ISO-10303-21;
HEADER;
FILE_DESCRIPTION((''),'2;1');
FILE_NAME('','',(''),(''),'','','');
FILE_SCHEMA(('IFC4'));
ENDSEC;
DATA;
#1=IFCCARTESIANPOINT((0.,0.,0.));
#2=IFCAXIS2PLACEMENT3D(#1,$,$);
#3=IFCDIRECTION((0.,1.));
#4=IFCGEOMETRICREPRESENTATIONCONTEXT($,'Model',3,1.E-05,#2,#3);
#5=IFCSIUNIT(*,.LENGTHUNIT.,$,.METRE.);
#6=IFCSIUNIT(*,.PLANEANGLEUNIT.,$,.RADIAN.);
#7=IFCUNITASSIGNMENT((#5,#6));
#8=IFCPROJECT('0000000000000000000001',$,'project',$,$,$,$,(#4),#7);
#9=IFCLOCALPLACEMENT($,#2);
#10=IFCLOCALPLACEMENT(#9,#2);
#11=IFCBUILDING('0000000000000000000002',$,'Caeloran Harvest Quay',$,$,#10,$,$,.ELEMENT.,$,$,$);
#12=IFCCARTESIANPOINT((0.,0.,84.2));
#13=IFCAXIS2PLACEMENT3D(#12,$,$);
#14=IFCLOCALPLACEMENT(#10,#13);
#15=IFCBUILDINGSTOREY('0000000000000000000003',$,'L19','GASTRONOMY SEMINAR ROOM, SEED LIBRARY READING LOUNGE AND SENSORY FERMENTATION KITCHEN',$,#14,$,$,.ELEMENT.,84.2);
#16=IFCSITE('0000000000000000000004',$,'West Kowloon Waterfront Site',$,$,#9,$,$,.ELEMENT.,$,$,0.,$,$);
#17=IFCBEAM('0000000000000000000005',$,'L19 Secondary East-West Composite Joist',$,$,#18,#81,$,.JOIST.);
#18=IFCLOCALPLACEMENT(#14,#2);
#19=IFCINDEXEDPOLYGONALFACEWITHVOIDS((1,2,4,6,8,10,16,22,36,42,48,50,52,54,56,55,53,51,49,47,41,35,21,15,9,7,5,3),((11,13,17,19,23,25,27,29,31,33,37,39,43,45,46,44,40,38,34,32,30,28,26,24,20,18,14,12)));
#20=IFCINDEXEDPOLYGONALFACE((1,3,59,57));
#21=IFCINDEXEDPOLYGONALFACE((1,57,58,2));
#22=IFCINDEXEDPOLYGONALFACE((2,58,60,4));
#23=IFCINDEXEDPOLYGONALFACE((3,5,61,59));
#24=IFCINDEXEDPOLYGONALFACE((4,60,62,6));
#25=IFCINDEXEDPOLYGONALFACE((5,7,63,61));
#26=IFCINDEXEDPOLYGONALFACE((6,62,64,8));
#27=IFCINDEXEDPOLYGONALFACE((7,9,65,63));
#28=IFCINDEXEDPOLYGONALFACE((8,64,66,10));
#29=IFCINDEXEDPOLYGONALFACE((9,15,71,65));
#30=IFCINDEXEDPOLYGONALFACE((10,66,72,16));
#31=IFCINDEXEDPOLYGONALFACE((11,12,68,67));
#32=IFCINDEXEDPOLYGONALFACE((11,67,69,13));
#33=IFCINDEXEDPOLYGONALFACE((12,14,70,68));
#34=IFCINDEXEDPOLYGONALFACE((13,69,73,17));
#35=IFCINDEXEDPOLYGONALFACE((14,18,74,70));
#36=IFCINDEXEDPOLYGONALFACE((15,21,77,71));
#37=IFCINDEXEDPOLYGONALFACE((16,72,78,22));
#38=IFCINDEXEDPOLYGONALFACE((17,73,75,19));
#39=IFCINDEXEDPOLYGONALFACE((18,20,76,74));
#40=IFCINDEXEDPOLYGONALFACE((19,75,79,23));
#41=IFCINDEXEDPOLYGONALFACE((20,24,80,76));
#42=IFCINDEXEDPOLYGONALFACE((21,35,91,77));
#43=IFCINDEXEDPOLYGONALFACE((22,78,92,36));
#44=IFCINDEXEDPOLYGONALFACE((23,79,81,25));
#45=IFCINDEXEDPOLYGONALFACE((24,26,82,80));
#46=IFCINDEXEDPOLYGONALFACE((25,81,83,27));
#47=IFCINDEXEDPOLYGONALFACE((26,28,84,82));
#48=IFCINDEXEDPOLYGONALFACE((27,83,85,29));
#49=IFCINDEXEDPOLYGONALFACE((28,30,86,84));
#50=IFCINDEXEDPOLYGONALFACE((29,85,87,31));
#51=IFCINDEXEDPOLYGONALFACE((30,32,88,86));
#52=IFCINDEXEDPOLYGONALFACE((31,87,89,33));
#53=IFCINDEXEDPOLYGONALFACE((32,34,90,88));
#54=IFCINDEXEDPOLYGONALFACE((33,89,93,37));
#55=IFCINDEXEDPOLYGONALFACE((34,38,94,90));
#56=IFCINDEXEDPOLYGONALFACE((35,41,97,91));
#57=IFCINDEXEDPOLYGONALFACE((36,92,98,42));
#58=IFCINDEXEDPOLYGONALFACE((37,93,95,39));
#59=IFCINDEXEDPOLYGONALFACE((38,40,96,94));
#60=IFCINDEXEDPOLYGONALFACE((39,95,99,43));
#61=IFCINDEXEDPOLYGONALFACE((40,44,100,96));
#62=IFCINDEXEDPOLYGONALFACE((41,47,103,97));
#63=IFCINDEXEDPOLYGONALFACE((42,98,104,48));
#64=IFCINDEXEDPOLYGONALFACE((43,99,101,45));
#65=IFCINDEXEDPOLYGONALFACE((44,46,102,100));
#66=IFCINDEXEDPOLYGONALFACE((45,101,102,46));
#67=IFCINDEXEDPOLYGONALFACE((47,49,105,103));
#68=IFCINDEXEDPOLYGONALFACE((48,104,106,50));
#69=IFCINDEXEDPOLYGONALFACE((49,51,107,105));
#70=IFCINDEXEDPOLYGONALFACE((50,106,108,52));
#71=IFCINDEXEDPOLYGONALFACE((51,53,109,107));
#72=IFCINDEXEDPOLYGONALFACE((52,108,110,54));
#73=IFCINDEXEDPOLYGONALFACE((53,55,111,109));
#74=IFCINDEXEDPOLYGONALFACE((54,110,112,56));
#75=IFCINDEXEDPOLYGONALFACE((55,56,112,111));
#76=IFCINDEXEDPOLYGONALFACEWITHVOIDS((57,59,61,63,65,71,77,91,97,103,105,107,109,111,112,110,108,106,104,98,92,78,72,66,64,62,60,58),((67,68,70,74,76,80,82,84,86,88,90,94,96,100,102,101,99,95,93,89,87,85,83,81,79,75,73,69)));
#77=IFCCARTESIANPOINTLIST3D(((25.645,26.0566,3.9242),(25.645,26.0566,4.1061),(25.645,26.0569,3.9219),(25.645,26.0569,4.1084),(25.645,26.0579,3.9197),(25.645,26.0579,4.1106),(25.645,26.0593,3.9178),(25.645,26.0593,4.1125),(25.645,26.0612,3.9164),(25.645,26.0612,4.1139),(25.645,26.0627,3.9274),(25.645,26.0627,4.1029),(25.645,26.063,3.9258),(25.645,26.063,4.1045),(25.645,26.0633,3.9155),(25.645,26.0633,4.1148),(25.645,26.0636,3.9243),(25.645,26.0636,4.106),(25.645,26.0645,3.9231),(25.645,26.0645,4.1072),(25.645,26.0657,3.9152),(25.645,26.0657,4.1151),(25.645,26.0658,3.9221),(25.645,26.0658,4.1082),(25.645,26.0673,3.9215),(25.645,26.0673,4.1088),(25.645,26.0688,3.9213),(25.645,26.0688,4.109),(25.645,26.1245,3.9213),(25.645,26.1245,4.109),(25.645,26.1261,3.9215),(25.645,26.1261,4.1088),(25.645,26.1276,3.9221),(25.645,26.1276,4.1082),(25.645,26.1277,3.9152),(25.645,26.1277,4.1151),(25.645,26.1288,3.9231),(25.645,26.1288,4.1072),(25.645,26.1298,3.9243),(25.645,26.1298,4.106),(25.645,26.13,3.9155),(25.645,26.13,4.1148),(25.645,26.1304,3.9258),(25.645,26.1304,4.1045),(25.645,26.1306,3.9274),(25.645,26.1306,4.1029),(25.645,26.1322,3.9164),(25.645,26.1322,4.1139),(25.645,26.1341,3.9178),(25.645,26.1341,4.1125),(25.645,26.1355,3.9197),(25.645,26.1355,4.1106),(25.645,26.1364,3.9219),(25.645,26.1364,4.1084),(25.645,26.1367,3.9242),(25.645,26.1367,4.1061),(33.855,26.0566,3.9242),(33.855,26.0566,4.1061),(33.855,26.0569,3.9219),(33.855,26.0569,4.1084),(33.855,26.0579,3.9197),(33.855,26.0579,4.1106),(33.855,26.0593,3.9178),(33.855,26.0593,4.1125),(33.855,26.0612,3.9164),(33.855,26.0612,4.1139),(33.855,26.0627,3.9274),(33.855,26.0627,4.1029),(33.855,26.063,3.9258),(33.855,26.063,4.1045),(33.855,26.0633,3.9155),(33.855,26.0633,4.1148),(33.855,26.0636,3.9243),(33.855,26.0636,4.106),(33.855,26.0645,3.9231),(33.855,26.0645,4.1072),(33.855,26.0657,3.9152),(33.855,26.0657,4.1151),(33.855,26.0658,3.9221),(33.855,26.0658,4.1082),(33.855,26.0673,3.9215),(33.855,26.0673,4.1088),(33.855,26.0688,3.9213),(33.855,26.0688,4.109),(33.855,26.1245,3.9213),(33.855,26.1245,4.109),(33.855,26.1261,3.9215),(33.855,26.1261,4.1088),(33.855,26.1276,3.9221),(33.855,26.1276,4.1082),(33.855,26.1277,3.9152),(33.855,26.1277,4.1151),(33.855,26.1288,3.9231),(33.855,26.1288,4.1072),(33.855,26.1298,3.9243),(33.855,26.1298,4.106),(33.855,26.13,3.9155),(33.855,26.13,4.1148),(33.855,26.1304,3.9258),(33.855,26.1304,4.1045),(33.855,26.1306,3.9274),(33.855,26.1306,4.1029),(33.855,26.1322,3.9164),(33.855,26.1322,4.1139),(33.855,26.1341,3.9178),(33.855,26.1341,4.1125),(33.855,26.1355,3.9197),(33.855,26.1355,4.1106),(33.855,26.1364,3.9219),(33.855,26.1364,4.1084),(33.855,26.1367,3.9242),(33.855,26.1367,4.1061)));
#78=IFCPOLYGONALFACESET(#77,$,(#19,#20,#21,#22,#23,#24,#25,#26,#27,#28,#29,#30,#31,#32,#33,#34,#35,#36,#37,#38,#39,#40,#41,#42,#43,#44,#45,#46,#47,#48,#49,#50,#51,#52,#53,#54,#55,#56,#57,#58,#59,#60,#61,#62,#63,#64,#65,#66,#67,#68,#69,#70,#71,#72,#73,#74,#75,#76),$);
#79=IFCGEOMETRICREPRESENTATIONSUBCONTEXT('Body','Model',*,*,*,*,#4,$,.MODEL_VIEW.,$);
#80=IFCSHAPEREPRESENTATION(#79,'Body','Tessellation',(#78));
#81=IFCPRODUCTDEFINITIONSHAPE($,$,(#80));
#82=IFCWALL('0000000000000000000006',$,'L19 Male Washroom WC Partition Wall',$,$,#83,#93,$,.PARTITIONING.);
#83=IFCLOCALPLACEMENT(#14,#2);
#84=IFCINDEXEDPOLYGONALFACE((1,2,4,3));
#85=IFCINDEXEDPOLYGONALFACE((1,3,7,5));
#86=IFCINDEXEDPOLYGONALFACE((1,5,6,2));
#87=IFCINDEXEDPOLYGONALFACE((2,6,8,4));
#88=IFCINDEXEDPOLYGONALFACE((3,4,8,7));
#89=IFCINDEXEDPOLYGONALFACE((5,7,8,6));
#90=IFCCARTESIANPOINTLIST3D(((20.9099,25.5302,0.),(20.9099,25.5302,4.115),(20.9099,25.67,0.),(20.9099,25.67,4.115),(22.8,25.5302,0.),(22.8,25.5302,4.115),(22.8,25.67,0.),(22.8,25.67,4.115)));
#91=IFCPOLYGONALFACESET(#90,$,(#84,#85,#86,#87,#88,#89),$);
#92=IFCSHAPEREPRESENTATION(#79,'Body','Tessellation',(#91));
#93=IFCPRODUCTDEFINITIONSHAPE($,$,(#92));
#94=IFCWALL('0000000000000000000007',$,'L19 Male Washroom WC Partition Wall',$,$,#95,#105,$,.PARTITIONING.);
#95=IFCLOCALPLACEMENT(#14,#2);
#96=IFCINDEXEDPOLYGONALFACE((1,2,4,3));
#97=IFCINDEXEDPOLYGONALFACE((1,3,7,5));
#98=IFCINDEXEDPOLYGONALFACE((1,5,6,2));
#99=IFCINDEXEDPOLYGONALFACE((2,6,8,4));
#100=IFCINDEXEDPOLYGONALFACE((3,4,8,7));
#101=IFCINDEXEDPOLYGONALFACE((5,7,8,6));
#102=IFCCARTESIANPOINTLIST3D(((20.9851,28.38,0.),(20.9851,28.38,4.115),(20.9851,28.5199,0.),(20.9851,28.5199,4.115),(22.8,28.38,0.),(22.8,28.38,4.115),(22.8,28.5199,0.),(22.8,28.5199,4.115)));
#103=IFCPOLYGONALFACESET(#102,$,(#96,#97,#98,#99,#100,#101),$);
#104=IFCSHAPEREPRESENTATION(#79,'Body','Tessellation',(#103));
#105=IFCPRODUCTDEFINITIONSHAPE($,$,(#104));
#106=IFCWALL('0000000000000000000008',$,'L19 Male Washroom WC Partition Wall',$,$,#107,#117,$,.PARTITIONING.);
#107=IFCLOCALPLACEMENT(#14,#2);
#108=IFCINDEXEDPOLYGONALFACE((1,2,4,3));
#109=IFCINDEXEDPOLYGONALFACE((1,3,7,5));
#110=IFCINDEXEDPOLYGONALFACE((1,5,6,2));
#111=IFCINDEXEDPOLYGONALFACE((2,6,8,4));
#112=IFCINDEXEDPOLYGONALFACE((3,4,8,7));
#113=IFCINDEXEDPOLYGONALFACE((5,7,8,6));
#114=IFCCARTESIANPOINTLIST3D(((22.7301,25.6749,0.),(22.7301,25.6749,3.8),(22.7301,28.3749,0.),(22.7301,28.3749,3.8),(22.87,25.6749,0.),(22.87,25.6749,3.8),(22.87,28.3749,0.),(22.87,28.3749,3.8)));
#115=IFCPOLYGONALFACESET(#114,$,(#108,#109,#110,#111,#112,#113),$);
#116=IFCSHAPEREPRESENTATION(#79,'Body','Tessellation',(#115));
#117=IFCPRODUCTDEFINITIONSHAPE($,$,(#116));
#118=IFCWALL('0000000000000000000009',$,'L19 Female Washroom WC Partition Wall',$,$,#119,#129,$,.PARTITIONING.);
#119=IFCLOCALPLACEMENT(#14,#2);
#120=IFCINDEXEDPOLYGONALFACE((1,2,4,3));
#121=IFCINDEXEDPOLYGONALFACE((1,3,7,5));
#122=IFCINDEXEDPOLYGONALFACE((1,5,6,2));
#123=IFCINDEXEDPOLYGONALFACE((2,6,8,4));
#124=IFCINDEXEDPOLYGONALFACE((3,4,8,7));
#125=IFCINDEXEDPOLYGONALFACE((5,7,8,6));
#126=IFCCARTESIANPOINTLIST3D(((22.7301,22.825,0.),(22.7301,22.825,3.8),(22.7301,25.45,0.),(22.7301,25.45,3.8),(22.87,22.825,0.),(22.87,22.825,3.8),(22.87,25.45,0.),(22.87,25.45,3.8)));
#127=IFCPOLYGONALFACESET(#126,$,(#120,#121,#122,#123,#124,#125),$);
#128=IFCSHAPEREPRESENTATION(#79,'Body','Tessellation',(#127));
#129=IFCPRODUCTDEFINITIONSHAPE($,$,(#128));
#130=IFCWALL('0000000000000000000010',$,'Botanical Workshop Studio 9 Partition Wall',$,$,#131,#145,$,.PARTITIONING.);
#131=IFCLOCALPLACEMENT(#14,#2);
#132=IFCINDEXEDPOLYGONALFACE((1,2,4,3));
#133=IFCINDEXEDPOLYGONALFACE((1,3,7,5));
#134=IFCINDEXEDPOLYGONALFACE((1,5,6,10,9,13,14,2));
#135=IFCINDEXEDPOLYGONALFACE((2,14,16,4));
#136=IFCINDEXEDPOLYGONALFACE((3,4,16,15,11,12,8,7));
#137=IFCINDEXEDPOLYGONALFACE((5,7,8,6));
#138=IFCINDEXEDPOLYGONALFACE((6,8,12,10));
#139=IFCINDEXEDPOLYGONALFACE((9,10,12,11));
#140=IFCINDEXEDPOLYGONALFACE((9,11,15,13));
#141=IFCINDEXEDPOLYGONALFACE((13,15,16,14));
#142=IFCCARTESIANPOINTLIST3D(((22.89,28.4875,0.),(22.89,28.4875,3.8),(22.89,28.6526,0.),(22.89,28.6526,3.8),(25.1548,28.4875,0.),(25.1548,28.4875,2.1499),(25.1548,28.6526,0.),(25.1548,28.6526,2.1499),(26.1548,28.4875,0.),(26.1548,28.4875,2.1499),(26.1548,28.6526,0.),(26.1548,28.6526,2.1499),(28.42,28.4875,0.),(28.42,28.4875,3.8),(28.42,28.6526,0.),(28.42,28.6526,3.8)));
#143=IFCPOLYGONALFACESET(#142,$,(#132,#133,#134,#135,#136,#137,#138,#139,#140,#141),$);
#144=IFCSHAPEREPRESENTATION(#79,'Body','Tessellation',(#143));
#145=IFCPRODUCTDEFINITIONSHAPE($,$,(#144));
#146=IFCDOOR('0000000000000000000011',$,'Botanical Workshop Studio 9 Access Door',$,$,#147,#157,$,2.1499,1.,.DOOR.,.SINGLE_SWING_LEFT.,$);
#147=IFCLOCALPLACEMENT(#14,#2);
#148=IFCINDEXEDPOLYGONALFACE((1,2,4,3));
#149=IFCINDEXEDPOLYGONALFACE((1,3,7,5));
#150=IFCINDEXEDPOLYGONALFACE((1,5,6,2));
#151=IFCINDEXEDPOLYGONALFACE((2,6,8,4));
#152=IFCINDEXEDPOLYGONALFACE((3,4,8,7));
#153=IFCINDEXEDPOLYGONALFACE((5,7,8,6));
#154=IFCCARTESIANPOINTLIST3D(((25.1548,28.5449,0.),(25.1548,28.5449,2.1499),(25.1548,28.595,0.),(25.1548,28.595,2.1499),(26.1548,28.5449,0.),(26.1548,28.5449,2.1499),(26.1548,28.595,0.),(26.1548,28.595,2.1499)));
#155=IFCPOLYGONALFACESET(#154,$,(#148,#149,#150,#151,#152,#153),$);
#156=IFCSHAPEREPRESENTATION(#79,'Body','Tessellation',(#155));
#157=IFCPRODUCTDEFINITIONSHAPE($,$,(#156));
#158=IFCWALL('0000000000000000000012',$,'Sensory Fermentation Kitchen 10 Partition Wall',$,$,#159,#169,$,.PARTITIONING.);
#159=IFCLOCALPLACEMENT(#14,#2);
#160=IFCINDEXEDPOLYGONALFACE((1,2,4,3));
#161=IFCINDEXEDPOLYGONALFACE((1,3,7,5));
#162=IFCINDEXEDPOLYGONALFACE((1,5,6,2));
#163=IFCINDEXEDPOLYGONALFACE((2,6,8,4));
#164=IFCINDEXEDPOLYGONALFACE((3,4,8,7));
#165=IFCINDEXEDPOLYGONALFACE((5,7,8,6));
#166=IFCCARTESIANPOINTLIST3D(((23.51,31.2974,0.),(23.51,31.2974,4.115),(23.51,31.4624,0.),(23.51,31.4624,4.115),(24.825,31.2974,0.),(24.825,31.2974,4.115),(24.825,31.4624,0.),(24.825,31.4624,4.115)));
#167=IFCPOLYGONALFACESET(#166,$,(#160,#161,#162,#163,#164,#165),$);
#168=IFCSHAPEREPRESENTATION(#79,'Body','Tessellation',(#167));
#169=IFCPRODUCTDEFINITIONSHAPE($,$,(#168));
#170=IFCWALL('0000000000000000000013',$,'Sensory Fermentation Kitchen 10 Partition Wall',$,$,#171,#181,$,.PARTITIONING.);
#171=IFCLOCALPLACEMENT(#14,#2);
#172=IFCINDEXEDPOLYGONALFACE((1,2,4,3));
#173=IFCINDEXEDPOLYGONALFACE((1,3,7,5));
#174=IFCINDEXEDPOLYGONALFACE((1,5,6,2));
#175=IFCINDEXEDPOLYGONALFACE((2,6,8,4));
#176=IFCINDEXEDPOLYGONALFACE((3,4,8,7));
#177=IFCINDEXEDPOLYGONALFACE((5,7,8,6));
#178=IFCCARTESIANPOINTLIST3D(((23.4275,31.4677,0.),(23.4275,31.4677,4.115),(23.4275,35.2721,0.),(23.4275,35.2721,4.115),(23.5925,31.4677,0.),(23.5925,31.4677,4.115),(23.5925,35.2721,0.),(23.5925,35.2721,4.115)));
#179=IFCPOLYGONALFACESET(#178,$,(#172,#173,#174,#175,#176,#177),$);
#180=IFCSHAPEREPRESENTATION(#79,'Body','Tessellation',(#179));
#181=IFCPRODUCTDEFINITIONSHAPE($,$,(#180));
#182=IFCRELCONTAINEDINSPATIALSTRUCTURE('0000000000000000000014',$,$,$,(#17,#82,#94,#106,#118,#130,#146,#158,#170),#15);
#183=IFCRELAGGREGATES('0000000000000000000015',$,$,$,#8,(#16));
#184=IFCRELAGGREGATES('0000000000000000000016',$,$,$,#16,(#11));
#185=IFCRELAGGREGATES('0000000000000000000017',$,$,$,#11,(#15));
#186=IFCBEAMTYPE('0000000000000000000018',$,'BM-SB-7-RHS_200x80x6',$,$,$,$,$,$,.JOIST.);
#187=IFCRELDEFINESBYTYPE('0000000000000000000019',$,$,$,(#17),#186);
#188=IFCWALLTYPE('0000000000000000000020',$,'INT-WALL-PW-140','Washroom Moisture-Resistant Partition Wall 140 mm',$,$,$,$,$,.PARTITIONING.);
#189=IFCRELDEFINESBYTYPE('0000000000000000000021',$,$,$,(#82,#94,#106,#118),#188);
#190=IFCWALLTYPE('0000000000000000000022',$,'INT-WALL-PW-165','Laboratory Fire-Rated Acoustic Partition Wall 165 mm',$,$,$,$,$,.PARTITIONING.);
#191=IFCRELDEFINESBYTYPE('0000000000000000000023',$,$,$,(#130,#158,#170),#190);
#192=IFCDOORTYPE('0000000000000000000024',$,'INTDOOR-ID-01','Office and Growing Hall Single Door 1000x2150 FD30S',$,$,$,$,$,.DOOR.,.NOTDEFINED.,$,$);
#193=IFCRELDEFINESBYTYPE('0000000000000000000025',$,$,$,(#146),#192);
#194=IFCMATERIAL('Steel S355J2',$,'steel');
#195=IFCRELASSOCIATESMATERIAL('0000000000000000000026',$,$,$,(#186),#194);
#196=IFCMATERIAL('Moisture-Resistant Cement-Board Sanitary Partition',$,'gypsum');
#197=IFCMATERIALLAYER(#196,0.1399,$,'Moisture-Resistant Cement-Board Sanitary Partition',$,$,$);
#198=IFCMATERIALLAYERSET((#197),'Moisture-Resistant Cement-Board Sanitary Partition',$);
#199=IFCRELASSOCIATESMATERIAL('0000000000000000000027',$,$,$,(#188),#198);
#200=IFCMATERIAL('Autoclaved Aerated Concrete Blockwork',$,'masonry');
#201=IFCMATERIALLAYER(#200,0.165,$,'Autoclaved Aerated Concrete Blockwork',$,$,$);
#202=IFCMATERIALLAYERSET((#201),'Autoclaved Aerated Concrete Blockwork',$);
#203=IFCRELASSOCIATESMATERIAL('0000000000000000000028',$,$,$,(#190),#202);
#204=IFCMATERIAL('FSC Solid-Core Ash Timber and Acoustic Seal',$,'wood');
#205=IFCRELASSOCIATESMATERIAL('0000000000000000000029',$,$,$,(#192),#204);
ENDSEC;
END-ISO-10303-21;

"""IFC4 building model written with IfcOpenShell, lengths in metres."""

from ifc_helpers import new_model, si_unit, direction, frame, frame_2d, origin, origin_2d, place, context, subcontext, project, spatial, rectangle, hollow_rectangle, extrude, material, layer, layer_set, material_profile, profile_set, type_object, element, fill, save


model = new_model("IFC4")

# Units and contexts
model_context = context("Model", 3, precision=1e-05, world=origin(), true_north=direction((0.0, 1.0)))
body_context = subcontext(model_context, "Body", "Model", "MODEL_VIEW")
ifc_project = project(units=[si_unit("LENGTHUNIT", "METRE"), si_unit("PLANEANGLEUNIT", "RADIAN")], contexts=[model_context])

# Site, building, storey
site_placement = place(None, origin())
site = spatial("IfcSite", under=ifc_project, at=site_placement, Name="West Kowloon Waterfront Site", CompositionType="ELEMENT", RefElevation=0.0)
building_placement = place(site_placement, origin())
building = spatial("IfcBuilding", under=site, at=building_placement, Name="Caeloran Harvest Quay", CompositionType="ELEMENT")
storey_placement = place(building_placement, frame((0.0, 0.0, 84.2)))
storey = spatial("IfcBuildingStorey", under=building, at=storey_placement, Name="L19", Description="GASTRONOMY SEMINAR ROOM, SEED LIBRARY READING LOUNGE AND SENSORY FERMENTATION KITCHEN", CompositionType="ELEMENT", Elevation=84.2)

# Beam
ifc_material_1 = material(Name="Steel S355J2", Category="steel")
ifc_material_profile_1 = material_profile(ifc_material_1, hollow_rectangle(XDim=0.0801, YDim=0.2, WallThickness=0.0061, InnerFilletRadius=0.0061, OuterFilletRadius=0.009, at=origin_2d()), Name="RHS 200x80x6")
ifc_profile_set_1 = profile_set([ifc_material_profile_1], Name="Steel S355J2")
beam_type_1 = type_object("IfcBeamType", Name="BM-SB-7-RHS_200x80x6", PredefinedType="JOIST", material=ifc_profile_set_1)
for number, where, z_axis, x_axis, name in (
    (1, (25.645, 26.0967, 4.0151), (1.0, 0.0, 0.0), (0.0, 1.0, 0.0), "L19 Secondary East-West Composite Joist"),
):
    element("IfcBeam", number, at=place(storey_placement, frame(where, z_axis=z_axis, x_axis=x_axis)), inside=storey, type_object=beam_type_1, Name=name, PredefinedType="JOIST", context=body_context, shape_type="SweptSolid", body=[
        extrude(hollow_rectangle(XDim=0.0801, YDim=0.2, WallThickness=0.0061, InnerFilletRadius=0.0061, OuterFilletRadius=0.009, at=origin_2d()), origin(), (0.0, 0.0, 1.0), 8.21),
    ])

# Wall
ifc_material_2 = material(Name="Moisture-Resistant Cement-Board Sanitary Partition", Category="gypsum")
ifc_layer_1 = layer(ifc_material_2, 0.1399, Name="Moisture-Resistant Cement-Board Sanitary Partition")
ifc_layer_set_1 = layer_set([ifc_layer_1], Name="Moisture-Resistant Cement-Board Sanitary Partition")
wall_type_1 = type_object("IfcWallType", Name="INT-WALL-PW-140", Description="Washroom Moisture-Resistant Partition Wall 140 mm", PredefinedType="PARTITIONING", material=ifc_layer_set_1)
wall_1_placement = place(storey_placement, frame((22.8, 25.6001, 0.0), z_axis=(0.0, 0.0, 1.0), x_axis=(-1.0, 0.0, 0.0)))
element("IfcWall", 2, at=wall_1_placement, inside=storey, type_object=wall_type_1, Name="L19 Male Washroom WC Partition Wall", PredefinedType="PARTITIONING", context=body_context, shape_type="SweptSolid", body=[
    extrude(rectangle(XDim=1.8901, YDim=0.1399, at=frame_2d((0.9451, 0.0))), origin(), (0.0, 0.0, 1.0), 4.115),
])

# Walls
wall_2_placement = place(storey_placement, frame((20.9851, 28.45, 0.0), z_axis=(0.0, 0.0, 1.0), x_axis=(1.0, 0.0, 0.0)))
element("IfcWall", 3, at=wall_2_placement, inside=storey, type_object=wall_type_1, Name="L19 Male Washroom WC Partition Wall", PredefinedType="PARTITIONING", context=body_context, shape_type="SweptSolid", body=[
    extrude(rectangle(XDim=1.8149, YDim=0.1399, at=frame_2d((0.9075, 0.0))), origin(), (0.0, 0.0, 1.0), 4.115),
])
wall_3_placement = place(storey_placement, frame((22.8, 28.375, 0.0), z_axis=(0.0, 0.0, 1.0), x_axis=(0.0, -1.0, 0.0)))
element("IfcWall", 4, at=wall_3_placement, inside=storey, type_object=wall_type_1, Name="L19 Male Washroom WC Partition Wall", PredefinedType="PARTITIONING", context=body_context, shape_type="SweptSolid", body=[
    extrude(rectangle(XDim=2.7, YDim=0.1399, at=frame_2d((1.3501, 0.0))), origin(), (0.0, 0.0, 1.0), 3.8),
])
wall_4_placement = place(storey_placement, frame((22.8, 25.45, 0.0), z_axis=(0.0, 0.0, 1.0), x_axis=(0.0, -1.0, 0.0)))
element("IfcWall", 5, at=wall_4_placement, inside=storey, type_object=wall_type_1, Name="L19 Female Washroom WC Partition Wall", PredefinedType="PARTITIONING", context=body_context, shape_type="SweptSolid", body=[
    extrude(rectangle(XDim=2.625, YDim=0.1399, at=frame_2d((1.3125, 0.0))), origin(), (0.0, 0.0, 1.0), 3.8),
])

# Wall, opening, door
ifc_material_3 = material(Name="Autoclaved Aerated Concrete Blockwork", Category="masonry")
ifc_layer_2 = layer(ifc_material_3, 0.165, Name="Autoclaved Aerated Concrete Blockwork")
ifc_layer_set_2 = layer_set([ifc_layer_2], Name="Autoclaved Aerated Concrete Blockwork")
wall_type_2 = type_object("IfcWallType", Name="INT-WALL-PW-165", Description="Laboratory Fire-Rated Acoustic Partition Wall 165 mm", PredefinedType="PARTITIONING", material=ifc_layer_set_2)
wall_5_placement = place(storey_placement, frame((22.8899, 28.5701, 0.0), z_axis=(0.0, 0.0, 1.0), x_axis=(1.0, 0.0, 0.0)))
wall_5 = element("IfcWall", 6, at=wall_5_placement, inside=storey, type_object=wall_type_2, Name="Botanical Workshop Studio 9 Partition Wall", PredefinedType="PARTITIONING", context=body_context, shape_type="SweptSolid", body=[
    extrude(rectangle(XDim=5.53, YDim=0.165, at=frame_2d((2.7651, 0.0))), origin(), (0.0, 0.0, 1.0), 3.8),
])
opening_1_placement = place(wall_5_placement, frame((2.2649, 0.0, 0.0)))
opening_1 = element("IfcOpeningElement", 7, at=opening_1_placement, cuts=wall_5, PredefinedType="OPENING", context=body_context, shape_type="SweptSolid", body=[
    extrude(rectangle(XDim=1.0, YDim=2.1499, at=frame_2d((0.5, 1.075))), frame((0.0, 0.0925, 0.0), z_axis=(0.0, -1.0, 0.0), x_axis=(1.0, 0.0, 0.0)), (0.0, 0.0, 1.0), 0.1851),
])
ifc_material_4 = material(Name="FSC Solid-Core Ash Timber and Acoustic Seal", Category="wood")
door_type_1 = type_object("IfcDoorType", Name="INTDOOR-ID-01", Description="Office and Growing Hall Single Door 1000x2150 FD30S", OperationType="NOTDEFINED", PredefinedType="DOOR", material=ifc_material_4)
door_1_placement = place(opening_1_placement, origin())
door_1 = element("IfcDoor", 8, at=door_1_placement, inside=storey, type_object=door_type_1, Name="Botanical Workshop Studio 9 Access Door", OperationType="SINGLE_SWING_LEFT", OverallHeight=2.1499, OverallWidth=1.0, PredefinedType="DOOR", context=body_context, shape_type="SweptSolid", body=[
    extrude(rectangle(XDim=1.0, YDim=2.1499, at=frame_2d((0.5, 1.075))), frame((0.0, 0.0249, 0.0), z_axis=(0.0, -1.0, 0.0), x_axis=(1.0, 0.0, 0.0)), (0.0, 0.0, 1.0), 0.05),
])
fill(opening_1, door_1)

# Walls
wall_6_placement = place(storey_placement, frame((24.825, 31.3799, 0.0), z_axis=(0.0, 0.0, 1.0), x_axis=(-1.0, 0.0, 0.0)))
element("IfcWall", 9, at=wall_6_placement, inside=storey, type_object=wall_type_2, Name="Sensory Fermentation Kitchen 10 Partition Wall", PredefinedType="PARTITIONING", context=body_context, shape_type="SweptSolid", body=[
    extrude(rectangle(XDim=1.3149, YDim=0.165, at=frame_2d((0.6575, 0.0))), origin(), (0.0, 0.0, 1.0), 4.115),
])
wall_7_placement = place(storey_placement, frame((23.51, 31.4675, 0.0), z_axis=(0.0, 0.0, 1.0), x_axis=(0.0, 1.0, 0.0)))
element("IfcWall", 10, at=wall_7_placement, inside=storey, type_object=wall_type_2, Name="Sensory Fermentation Kitchen 10 Partition Wall", PredefinedType="PARTITIONING", context=body_context, shape_type="SweptSolid", body=[
    extrude(rectangle(XDim=3.8044, YDim=0.165, at=frame_2d((1.9023, 0.0))), origin(), (0.0, 0.0, 1.0), 4.115),
])

save(model, "model.ifc")
